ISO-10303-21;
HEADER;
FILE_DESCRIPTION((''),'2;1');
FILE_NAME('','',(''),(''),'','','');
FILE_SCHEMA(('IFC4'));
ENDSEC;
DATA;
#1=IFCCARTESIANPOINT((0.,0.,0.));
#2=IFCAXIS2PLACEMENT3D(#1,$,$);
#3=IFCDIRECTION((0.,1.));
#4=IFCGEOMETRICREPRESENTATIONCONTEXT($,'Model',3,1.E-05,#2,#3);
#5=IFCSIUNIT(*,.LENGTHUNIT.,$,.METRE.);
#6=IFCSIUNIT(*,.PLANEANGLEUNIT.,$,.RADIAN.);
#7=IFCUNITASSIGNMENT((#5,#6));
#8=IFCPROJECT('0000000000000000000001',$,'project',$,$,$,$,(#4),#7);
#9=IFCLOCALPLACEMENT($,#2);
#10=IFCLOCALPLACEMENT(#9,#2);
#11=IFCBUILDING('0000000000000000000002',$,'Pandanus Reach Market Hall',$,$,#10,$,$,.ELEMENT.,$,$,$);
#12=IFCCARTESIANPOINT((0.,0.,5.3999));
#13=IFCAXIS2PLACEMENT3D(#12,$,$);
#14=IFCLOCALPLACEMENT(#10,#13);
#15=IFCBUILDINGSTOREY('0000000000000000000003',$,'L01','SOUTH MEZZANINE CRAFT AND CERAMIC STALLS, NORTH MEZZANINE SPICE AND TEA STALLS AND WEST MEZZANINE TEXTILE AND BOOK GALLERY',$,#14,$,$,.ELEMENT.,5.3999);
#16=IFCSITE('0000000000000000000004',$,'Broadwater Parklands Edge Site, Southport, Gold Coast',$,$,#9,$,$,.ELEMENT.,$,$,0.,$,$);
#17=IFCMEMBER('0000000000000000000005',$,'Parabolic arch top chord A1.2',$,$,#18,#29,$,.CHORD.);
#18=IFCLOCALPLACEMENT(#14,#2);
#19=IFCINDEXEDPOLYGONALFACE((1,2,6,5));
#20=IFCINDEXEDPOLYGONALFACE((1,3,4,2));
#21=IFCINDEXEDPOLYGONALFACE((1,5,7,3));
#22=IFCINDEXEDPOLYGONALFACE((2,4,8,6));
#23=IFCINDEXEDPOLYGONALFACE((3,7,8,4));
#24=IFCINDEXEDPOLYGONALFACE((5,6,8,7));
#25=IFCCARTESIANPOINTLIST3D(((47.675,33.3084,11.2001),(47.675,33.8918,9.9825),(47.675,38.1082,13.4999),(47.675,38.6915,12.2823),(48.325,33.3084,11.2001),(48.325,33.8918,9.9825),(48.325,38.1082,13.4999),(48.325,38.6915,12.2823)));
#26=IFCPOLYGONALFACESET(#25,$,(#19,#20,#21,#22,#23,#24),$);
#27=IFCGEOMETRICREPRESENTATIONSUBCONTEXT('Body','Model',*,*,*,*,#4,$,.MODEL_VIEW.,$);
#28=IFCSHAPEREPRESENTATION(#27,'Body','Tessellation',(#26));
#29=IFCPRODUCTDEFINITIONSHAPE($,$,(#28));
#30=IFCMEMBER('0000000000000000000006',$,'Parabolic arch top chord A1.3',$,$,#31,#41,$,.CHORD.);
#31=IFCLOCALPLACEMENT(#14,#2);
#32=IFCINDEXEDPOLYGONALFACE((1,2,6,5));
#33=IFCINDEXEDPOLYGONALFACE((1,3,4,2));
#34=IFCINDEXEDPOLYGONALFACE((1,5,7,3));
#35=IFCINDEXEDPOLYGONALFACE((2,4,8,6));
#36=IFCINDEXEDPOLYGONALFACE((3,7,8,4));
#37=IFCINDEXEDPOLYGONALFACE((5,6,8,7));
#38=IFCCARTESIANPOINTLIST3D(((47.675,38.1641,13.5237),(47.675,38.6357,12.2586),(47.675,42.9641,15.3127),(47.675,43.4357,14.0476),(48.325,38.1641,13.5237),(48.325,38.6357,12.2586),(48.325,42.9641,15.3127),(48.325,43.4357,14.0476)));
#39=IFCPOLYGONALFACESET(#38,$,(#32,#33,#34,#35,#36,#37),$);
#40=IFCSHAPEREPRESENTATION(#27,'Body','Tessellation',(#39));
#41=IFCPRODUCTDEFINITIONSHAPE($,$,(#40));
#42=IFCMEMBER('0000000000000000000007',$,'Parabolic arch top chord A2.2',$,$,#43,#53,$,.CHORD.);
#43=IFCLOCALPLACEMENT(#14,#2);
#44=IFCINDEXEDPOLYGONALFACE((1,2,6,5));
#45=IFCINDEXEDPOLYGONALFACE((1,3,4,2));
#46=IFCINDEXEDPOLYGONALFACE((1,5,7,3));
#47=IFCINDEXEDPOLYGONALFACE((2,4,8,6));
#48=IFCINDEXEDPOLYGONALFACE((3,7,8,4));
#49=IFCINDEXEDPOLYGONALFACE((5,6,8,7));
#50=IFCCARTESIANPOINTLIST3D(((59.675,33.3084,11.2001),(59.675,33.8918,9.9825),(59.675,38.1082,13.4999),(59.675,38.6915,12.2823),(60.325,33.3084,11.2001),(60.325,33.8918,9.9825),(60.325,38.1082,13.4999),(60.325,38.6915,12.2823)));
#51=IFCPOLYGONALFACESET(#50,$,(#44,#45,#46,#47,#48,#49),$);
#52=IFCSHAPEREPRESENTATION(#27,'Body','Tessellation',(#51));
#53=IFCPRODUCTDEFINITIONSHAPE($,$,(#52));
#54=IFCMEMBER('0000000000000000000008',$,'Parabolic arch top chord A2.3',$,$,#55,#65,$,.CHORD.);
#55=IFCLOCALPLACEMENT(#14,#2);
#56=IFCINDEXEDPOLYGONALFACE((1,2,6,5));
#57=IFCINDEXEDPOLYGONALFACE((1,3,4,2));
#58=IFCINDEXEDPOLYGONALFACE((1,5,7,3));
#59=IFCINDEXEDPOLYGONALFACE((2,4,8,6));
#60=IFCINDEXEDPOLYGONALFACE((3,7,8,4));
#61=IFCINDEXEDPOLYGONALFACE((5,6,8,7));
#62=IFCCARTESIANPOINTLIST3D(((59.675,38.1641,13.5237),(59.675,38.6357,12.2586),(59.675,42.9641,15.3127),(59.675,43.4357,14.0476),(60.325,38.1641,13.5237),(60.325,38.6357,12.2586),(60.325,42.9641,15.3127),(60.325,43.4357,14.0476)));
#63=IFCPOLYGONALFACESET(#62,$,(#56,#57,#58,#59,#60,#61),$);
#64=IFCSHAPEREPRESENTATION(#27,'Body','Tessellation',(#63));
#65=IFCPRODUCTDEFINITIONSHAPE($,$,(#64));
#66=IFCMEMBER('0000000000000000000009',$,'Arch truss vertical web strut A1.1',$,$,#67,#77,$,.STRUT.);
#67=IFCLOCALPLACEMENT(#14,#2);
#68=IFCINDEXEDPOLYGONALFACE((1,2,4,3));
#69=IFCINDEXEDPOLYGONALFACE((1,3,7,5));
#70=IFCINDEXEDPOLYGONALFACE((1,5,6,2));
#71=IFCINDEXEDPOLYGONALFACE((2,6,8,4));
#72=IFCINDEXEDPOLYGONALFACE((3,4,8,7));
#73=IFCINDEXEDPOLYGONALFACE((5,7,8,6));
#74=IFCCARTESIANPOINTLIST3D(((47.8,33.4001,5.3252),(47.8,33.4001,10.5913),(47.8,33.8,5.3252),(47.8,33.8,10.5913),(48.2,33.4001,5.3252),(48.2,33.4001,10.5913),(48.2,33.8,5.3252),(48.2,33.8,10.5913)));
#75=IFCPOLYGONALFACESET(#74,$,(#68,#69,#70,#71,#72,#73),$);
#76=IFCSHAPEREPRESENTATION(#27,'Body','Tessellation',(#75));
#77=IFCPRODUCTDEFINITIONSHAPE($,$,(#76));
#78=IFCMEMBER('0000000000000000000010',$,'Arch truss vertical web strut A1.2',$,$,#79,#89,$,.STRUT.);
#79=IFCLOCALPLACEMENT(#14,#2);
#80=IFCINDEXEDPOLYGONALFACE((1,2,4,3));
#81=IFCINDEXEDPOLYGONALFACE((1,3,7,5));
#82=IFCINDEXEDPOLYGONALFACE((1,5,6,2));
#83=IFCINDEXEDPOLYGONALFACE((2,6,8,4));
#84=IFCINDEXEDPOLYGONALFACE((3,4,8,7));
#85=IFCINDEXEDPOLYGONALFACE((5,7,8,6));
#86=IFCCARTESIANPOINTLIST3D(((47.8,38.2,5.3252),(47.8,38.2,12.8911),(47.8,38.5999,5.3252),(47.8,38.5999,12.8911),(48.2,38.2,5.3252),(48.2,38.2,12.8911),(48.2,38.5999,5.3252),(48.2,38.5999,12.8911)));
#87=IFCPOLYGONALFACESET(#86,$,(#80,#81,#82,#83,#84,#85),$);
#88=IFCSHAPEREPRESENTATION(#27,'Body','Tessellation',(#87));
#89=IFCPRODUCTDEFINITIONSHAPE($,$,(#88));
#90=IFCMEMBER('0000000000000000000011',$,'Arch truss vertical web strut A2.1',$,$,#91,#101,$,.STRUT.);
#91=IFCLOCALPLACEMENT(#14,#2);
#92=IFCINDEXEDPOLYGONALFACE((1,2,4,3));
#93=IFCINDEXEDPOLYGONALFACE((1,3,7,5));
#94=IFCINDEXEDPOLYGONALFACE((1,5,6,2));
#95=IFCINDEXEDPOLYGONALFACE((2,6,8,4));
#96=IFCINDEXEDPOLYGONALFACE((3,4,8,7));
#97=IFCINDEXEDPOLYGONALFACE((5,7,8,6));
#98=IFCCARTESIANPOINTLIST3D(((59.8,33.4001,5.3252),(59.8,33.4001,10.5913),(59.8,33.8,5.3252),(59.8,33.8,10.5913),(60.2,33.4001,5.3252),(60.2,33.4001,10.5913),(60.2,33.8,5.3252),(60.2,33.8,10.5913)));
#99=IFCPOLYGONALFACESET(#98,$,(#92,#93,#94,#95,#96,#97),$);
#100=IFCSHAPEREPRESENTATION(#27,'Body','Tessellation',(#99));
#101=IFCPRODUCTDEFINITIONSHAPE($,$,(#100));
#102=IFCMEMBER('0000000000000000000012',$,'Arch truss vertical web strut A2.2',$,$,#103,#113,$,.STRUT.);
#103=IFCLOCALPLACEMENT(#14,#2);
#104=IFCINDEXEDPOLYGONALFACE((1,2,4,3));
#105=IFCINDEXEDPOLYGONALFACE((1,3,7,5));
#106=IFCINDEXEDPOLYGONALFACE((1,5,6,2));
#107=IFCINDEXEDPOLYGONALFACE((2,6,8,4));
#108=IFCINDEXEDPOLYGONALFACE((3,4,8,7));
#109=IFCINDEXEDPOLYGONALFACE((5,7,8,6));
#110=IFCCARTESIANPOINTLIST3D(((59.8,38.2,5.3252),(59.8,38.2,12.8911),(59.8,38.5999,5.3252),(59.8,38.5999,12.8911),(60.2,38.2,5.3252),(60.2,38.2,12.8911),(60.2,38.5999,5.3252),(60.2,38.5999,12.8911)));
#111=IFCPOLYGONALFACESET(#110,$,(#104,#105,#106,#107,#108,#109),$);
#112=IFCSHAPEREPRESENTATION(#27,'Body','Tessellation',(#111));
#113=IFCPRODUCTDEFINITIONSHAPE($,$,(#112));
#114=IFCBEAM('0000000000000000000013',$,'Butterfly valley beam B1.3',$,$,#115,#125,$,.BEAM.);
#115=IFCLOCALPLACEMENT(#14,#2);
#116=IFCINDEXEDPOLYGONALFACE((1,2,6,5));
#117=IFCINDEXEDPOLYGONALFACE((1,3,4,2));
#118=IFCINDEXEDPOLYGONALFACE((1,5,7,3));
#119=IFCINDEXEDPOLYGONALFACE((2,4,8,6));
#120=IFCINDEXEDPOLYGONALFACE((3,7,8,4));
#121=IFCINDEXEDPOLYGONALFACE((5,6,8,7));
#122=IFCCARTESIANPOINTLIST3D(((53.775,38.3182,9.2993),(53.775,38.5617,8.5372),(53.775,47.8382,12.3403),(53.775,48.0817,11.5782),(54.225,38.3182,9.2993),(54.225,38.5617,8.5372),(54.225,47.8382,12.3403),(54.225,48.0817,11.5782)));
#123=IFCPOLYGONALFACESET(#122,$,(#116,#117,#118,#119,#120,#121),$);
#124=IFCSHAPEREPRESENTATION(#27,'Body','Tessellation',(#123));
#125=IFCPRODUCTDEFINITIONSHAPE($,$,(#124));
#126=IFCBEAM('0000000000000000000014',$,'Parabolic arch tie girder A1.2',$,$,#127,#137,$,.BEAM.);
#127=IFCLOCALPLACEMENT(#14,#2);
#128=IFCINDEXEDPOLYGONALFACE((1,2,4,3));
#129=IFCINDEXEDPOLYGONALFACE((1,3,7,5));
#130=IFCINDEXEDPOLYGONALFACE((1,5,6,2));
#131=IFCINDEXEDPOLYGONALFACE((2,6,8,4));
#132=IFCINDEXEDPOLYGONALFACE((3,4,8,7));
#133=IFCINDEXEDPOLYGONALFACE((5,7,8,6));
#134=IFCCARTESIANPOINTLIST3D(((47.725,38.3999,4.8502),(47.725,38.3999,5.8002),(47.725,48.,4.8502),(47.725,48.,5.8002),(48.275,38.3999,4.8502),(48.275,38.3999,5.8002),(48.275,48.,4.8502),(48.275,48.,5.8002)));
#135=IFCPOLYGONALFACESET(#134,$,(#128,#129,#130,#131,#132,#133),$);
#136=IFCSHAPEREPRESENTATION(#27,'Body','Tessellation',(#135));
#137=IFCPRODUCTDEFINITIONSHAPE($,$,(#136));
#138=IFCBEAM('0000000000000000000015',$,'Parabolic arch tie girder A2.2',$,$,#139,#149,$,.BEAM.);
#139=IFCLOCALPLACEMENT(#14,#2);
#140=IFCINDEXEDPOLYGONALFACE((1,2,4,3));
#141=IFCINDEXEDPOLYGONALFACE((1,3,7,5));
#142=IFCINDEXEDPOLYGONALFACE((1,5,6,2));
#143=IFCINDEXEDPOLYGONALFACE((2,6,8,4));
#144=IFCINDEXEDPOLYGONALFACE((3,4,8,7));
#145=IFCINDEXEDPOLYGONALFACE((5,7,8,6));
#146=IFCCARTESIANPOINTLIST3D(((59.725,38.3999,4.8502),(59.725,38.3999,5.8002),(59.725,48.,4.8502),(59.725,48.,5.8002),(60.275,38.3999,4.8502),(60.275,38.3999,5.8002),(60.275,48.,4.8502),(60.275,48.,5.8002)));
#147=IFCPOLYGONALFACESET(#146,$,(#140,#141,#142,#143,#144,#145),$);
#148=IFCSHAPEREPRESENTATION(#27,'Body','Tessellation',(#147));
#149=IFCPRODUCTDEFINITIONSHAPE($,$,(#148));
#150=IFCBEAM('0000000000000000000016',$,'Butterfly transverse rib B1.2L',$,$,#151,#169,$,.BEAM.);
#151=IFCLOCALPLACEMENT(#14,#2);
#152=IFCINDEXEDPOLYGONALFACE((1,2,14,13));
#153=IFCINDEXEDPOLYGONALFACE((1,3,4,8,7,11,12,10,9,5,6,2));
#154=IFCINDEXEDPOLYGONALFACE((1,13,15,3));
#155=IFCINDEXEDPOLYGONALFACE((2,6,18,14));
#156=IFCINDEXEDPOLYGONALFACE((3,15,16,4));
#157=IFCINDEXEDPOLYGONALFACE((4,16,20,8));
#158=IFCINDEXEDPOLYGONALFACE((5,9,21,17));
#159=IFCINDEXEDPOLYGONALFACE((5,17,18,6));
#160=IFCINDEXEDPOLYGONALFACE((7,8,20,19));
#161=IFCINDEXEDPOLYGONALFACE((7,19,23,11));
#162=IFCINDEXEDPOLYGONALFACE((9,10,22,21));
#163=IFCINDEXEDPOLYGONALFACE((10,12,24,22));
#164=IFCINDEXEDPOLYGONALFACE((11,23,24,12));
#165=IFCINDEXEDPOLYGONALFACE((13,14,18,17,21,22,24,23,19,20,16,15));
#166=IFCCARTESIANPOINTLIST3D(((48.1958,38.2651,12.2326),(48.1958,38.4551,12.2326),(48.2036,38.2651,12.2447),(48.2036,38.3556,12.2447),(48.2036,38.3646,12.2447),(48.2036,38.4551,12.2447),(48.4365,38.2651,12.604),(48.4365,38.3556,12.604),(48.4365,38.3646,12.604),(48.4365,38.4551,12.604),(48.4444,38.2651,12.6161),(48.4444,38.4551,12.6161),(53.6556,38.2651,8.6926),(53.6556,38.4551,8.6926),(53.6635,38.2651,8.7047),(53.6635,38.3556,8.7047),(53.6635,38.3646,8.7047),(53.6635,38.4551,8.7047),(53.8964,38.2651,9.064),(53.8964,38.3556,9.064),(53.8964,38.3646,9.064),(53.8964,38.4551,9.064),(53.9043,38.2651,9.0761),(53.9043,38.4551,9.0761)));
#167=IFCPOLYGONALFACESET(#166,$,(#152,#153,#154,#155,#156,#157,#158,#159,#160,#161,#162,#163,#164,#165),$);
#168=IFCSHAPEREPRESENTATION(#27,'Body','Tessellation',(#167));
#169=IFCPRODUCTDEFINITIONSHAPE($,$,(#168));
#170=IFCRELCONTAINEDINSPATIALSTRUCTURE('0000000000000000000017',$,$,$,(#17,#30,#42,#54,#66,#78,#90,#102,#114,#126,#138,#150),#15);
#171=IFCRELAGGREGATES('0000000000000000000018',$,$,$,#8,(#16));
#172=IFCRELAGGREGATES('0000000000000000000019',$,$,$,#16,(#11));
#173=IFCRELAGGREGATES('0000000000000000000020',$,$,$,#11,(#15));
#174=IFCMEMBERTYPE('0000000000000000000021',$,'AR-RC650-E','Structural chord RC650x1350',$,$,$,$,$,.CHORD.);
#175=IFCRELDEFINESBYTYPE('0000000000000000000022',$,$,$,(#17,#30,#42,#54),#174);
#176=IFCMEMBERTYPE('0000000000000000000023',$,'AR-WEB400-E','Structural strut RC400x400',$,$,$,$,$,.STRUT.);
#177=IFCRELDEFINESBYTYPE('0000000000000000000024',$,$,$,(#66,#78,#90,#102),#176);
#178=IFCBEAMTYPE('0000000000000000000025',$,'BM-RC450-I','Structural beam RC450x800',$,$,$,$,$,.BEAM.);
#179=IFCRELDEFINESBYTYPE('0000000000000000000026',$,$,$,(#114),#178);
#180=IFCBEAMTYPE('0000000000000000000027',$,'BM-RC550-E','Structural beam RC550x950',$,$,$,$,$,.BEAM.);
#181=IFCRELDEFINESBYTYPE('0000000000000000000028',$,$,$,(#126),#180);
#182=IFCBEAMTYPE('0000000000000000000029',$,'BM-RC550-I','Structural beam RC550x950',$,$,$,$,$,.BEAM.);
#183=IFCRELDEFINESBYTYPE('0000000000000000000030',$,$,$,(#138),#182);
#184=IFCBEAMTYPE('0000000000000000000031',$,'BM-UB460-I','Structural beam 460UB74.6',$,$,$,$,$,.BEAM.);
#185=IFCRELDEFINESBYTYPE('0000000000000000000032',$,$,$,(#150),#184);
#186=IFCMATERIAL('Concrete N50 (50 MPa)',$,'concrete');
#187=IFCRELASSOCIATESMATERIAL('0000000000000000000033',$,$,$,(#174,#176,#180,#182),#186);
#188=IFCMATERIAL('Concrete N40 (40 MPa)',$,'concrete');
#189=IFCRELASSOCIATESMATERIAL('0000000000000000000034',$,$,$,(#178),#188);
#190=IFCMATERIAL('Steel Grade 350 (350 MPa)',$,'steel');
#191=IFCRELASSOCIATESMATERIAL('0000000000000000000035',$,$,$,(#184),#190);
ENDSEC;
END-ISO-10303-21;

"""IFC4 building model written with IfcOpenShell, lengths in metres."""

from ifc_helpers import new_model, si_unit, direction, frame, origin, origin_2d, place, context, subcontext, project, spatial, rectangle, i_section, extrude, material, material_profile, profile_set, type_object, element, save


model = new_model("IFC4")

# Units and contexts
model_context = context("Model", 3, precision=1e-05, world=origin(), true_north=direction((0.0, 1.0)))
body_context = subcontext(model_context, "Body", "Model", "MODEL_VIEW")
ifc_project = project(units=[si_unit("LENGTHUNIT", "METRE"), si_unit("PLANEANGLEUNIT", "RADIAN")], contexts=[model_context])

# Site, building, storey
site_placement = place(None, origin())
site = spatial("IfcSite", under=ifc_project, at=site_placement, Name="Broadwater Parklands Edge Site, Southport, Gold Coast", CompositionType="ELEMENT", RefElevation=0.0)
building_placement = place(site_placement, origin())
building = spatial("IfcBuilding", under=site, at=building_placement, Name="Pandanus Reach Market Hall", CompositionType="ELEMENT")
storey_placement = place(building_placement, frame((0.0, 0.0, 5.3999)))
storey = spatial("IfcBuildingStorey", under=building, at=storey_placement, Name="L01", Description="SOUTH MEZZANINE CRAFT AND CERAMIC STALLS, NORTH MEZZANINE SPICE AND TEA STALLS AND WEST MEZZANINE TEXTILE AND BOOK GALLERY", CompositionType="ELEMENT", Elevation=5.3999)

# Members
ifc_material_1 = material(Name="Concrete N50 (50 MPa)", Category="concrete")
ifc_material_profile_1 = material_profile(ifc_material_1, rectangle(XDim=0.6499, YDim=1.3501, at=origin_2d()), Name="RC650x1350", Category="LoadBearing")
ifc_profile_set_1 = profile_set([ifc_material_profile_1], Name="Concrete N50 (50 MPa)")
member_type_1 = type_object("IfcMemberType", Name="AR-RC650-E", Description="Structural chord RC650x1350", PredefinedType="CHORD", material=ifc_profile_set_1)
member_1_placement = place(storey_placement, frame((48.0, 33.6001, 10.5913), z_axis=(0.0, 0.901823, 0.432105), x_axis=(-1.0, 0.0, 0.0)))
element("IfcMember", 1, at=member_1_placement, inside=storey, type_object=member_type_1, Name="Parabolic arch top chord A1.2", PredefinedType="CHORD", context=body_context, shape_type="SweptSolid", body=[
    extrude(rectangle(XDim=0.6499, YDim=1.3501, at=origin_2d()), origin(), (0.0, 0.0, 1.0), 5.3223),
])
member_2_placement = place(storey_placement, frame((48.0, 38.3999, 12.8911), z_axis=(0.0, 0.93703, 0.349248), x_axis=(-1.0, 0.0, 0.0)))
element("IfcMember", 2, at=member_2_placement, inside=storey, type_object=member_type_1, Name="Parabolic arch top chord A1.3", PredefinedType="CHORD", context=body_context, shape_type="SweptSolid", body=[
    extrude(rectangle(XDim=0.6499, YDim=1.3501, at=origin_2d()), origin(), (0.0, 0.0, 1.0), 5.1226),
])
member_3_placement = place(storey_placement, frame((60.0, 33.6001, 10.5913), z_axis=(0.0, 0.901823, 0.432105), x_axis=(-1.0, 0.0, 0.0)))
element("IfcMember", 3, at=member_3_placement, inside=storey, type_object=member_type_1, Name="Parabolic arch top chord A2.2", PredefinedType="CHORD", context=body_context, shape_type="SweptSolid", body=[
    extrude(rectangle(XDim=0.6499, YDim=1.3501, at=origin_2d()), origin(), (0.0, 0.0, 1.0), 5.3223),
])
member_4_placement = place(storey_placement, frame((60.0, 38.3999, 12.8911), z_axis=(0.0, 0.93703, 0.349248), x_axis=(-1.0, 0.0, 0.0)))
element("IfcMember", 4, at=member_4_placement, inside=storey, type_object=member_type_1, Name="Parabolic arch top chord A2.3", PredefinedType="CHORD", context=body_context, shape_type="SweptSolid", body=[
    extrude(rectangle(XDim=0.6499, YDim=1.3501, at=origin_2d()), origin(), (0.0, 0.0, 1.0), 5.1226),
])
ifc_material_profile_2 = material_profile(ifc_material_1, rectangle(XDim=0.3999, YDim=0.3999, at=origin_2d()), Name="RC400x400", Category="LoadBearing")
ifc_profile_set_2 = profile_set([ifc_material_profile_2], Name="Concrete N50 (50 MPa)")
member_type_2 = type_object("IfcMemberType", Name="AR-WEB400-E", Description="Structural strut RC400x400", PredefinedType="STRUT", material=ifc_profile_set_2)
member_5_placement = place(storey_placement, frame((48.0, 33.6001, 5.3252), z_axis=(0.0, 0.0, 1.0), x_axis=(1.0, 0.0, 0.0)))
element("IfcMember", 5, at=member_5_placement, inside=storey, type_object=member_type_2, Name="Arch truss vertical web strut A1.1", PredefinedType="STRUT", context=body_context, shape_type="SweptSolid", body=[
    extrude(rectangle(XDim=0.3999, YDim=0.3999, at=origin_2d()), origin(), (0.0, 0.0, 1.0), 5.2661),
])
member_6_placement = place(storey_placement, frame((48.0, 38.3999, 5.3252), z_axis=(0.0, 0.0, 1.0), x_axis=(1.0, 0.0, 0.0)))
element("IfcMember", 6, at=member_6_placement, inside=storey, type_object=member_type_2, Name="Arch truss vertical web strut A1.2", PredefinedType="STRUT", context=body_context, shape_type="SweptSolid", body=[
    extrude(rectangle(XDim=0.3999, YDim=0.3999, at=origin_2d()), origin(), (0.0, 0.0, 1.0), 7.5659),
])
member_7_placement = place(storey_placement, frame((60.0, 33.6001, 5.3252), z_axis=(0.0, 0.0, 1.0), x_axis=(1.0, 0.0, 0.0)))
element("IfcMember", 7, at=member_7_placement, inside=storey, type_object=member_type_2, Name="Arch truss vertical web strut A2.1", PredefinedType="STRUT", context=body_context, shape_type="SweptSolid", body=[
    extrude(rectangle(XDim=0.3999, YDim=0.3999, at=origin_2d()), origin(), (0.0, 0.0, 1.0), 5.2661),
])
member_8_placement = place(storey_placement, frame((60.0, 38.3999, 5.3252), z_axis=(0.0, 0.0, 1.0), x_axis=(1.0, 0.0, 0.0)))
element("IfcMember", 8, at=member_8_placement, inside=storey, type_object=member_type_2, Name="Arch truss vertical web strut A2.2", PredefinedType="STRUT", context=body_context, shape_type="SweptSolid", body=[
    extrude(rectangle(XDim=0.3999, YDim=0.3999, at=origin_2d()), origin(), (0.0, 0.0, 1.0), 7.5659),
])

# Beams
ifc_material_2 = material(Name="Concrete N40 (40 MPa)", Category="concrete")
ifc_material_profile_3 = material_profile(ifc_material_2, rectangle(XDim=0.45, YDim=0.8, at=origin_2d()), Name="RC450x800", Category="LoadBearing")
ifc_profile_set_3 = profile_set([ifc_material_profile_3], Name="Concrete N40 (40 MPa)")
beam_type_1 = type_object("IfcBeamType", Name="BM-RC450-I", Description="Structural beam RC450x800", PredefinedType="BEAM", material=ifc_profile_set_3)
beam_1_placement = place(storey_placement, frame((54.0, 38.4399, 8.9182), z_axis=(0.0, 0.952581, 0.304286), x_axis=(-1.0, 0.0, 0.0)))
element("IfcBeam", 9, at=beam_1_placement, inside=storey, type_object=beam_type_1, Name="Butterfly valley beam B1.3", PredefinedType="BEAM", context=body_context, shape_type="SweptSolid", body=[
    extrude(rectangle(XDim=0.45, YDim=0.8, at=origin_2d()), origin(), (0.0, 0.0, 1.0), 9.9939),
])
ifc_material_profile_4 = material_profile(ifc_material_1, rectangle(XDim=0.55, YDim=0.95, at=origin_2d()), Name="RC550x950", Category="LoadBearing")
ifc_profile_set_4 = profile_set([ifc_material_profile_4], Name="Concrete N50 (50 MPa)")
beam_type_2 = type_object("IfcBeamType", Name="BM-RC550-E", Description="Structural beam RC550x950", PredefinedType="BEAM", material=ifc_profile_set_4)
beam_2_placement = place(storey_placement, frame((48.0, 38.3999, 5.3252), z_axis=(0.0, 1.0, 0.0), x_axis=(-1.0, 0.0, 0.0)))
element("IfcBeam", 10, at=beam_2_placement, inside=storey, type_object=beam_type_2, Name="Parabolic arch tie girder A1.2", PredefinedType="BEAM", context=body_context, shape_type="SweptSolid", body=[
    extrude(rectangle(XDim=0.55, YDim=0.95, at=origin_2d()), origin(), (0.0, 0.0, 1.0), 9.6001),
])
ifc_material_profile_5 = material_profile(ifc_material_1, rectangle(XDim=0.55, YDim=0.95, at=origin_2d()), Name="RC550x950", Category="LoadBearing")
ifc_profile_set_5 = profile_set([ifc_material_profile_5], Name="Concrete N50 (50 MPa)")
beam_type_3 = type_object("IfcBeamType", Name="BM-RC550-I", Description="Structural beam RC550x950", PredefinedType="BEAM", material=ifc_profile_set_5)
beam_3_placement = place(storey_placement, frame((60.0, 38.3999, 5.3252), z_axis=(0.0, 1.0, 0.0), x_axis=(-1.0, 0.0, 0.0)))
element("IfcBeam", 11, at=beam_3_placement, inside=storey, type_object=beam_type_3, Name="Parabolic arch tie girder A2.2", PredefinedType="BEAM", context=body_context, shape_type="SweptSolid", body=[
    extrude(rectangle(XDim=0.55, YDim=0.95, at=origin_2d()), origin(), (0.0, 0.0, 1.0), 9.6001),
])
ifc_material_3 = material(Name="Steel Grade 350 (350 MPa)", Category="steel")
ifc_material_profile_6 = material_profile(ifc_material_3, i_section(OverallWidth=0.1899, OverallDepth=0.457, WebThickness=0.009, FlangeThickness=0.0144, at=origin_2d()), Name="460UB74.6", Category="LoadBearing")
ifc_profile_set_6 = profile_set([ifc_material_profile_6], Name="Steel Grade 350 (350 MPa)")
beam_type_4 = type_object("IfcBeamType", Name="BM-UB460-I", Description="Structural beam 460UB74.6", PredefinedType="BEAM", material=ifc_profile_set_6)
for number, where, z_axis, x_axis, name in (
    (12, (48.3201, 38.3601, 12.4243), (0.839071, 0.0, -0.544023), (0.0, 1.0, 0.0), "Butterfly transverse rib B1.2L"),
):
    element("IfcBeam", number, at=place(storey_placement, frame(where, z_axis=z_axis, x_axis=x_axis)), inside=storey, type_object=beam_type_4, Name=name, PredefinedType="BEAM", context=body_context, shape_type="SweptSolid", body=[
        extrude(i_section(OverallWidth=0.1899, OverallDepth=0.457, WebThickness=0.009, FlangeThickness=0.0144, at=origin_2d()), origin(), (0.0, 0.0, 1.0), 6.5071),
    ])

save(model, "model.ifc")
